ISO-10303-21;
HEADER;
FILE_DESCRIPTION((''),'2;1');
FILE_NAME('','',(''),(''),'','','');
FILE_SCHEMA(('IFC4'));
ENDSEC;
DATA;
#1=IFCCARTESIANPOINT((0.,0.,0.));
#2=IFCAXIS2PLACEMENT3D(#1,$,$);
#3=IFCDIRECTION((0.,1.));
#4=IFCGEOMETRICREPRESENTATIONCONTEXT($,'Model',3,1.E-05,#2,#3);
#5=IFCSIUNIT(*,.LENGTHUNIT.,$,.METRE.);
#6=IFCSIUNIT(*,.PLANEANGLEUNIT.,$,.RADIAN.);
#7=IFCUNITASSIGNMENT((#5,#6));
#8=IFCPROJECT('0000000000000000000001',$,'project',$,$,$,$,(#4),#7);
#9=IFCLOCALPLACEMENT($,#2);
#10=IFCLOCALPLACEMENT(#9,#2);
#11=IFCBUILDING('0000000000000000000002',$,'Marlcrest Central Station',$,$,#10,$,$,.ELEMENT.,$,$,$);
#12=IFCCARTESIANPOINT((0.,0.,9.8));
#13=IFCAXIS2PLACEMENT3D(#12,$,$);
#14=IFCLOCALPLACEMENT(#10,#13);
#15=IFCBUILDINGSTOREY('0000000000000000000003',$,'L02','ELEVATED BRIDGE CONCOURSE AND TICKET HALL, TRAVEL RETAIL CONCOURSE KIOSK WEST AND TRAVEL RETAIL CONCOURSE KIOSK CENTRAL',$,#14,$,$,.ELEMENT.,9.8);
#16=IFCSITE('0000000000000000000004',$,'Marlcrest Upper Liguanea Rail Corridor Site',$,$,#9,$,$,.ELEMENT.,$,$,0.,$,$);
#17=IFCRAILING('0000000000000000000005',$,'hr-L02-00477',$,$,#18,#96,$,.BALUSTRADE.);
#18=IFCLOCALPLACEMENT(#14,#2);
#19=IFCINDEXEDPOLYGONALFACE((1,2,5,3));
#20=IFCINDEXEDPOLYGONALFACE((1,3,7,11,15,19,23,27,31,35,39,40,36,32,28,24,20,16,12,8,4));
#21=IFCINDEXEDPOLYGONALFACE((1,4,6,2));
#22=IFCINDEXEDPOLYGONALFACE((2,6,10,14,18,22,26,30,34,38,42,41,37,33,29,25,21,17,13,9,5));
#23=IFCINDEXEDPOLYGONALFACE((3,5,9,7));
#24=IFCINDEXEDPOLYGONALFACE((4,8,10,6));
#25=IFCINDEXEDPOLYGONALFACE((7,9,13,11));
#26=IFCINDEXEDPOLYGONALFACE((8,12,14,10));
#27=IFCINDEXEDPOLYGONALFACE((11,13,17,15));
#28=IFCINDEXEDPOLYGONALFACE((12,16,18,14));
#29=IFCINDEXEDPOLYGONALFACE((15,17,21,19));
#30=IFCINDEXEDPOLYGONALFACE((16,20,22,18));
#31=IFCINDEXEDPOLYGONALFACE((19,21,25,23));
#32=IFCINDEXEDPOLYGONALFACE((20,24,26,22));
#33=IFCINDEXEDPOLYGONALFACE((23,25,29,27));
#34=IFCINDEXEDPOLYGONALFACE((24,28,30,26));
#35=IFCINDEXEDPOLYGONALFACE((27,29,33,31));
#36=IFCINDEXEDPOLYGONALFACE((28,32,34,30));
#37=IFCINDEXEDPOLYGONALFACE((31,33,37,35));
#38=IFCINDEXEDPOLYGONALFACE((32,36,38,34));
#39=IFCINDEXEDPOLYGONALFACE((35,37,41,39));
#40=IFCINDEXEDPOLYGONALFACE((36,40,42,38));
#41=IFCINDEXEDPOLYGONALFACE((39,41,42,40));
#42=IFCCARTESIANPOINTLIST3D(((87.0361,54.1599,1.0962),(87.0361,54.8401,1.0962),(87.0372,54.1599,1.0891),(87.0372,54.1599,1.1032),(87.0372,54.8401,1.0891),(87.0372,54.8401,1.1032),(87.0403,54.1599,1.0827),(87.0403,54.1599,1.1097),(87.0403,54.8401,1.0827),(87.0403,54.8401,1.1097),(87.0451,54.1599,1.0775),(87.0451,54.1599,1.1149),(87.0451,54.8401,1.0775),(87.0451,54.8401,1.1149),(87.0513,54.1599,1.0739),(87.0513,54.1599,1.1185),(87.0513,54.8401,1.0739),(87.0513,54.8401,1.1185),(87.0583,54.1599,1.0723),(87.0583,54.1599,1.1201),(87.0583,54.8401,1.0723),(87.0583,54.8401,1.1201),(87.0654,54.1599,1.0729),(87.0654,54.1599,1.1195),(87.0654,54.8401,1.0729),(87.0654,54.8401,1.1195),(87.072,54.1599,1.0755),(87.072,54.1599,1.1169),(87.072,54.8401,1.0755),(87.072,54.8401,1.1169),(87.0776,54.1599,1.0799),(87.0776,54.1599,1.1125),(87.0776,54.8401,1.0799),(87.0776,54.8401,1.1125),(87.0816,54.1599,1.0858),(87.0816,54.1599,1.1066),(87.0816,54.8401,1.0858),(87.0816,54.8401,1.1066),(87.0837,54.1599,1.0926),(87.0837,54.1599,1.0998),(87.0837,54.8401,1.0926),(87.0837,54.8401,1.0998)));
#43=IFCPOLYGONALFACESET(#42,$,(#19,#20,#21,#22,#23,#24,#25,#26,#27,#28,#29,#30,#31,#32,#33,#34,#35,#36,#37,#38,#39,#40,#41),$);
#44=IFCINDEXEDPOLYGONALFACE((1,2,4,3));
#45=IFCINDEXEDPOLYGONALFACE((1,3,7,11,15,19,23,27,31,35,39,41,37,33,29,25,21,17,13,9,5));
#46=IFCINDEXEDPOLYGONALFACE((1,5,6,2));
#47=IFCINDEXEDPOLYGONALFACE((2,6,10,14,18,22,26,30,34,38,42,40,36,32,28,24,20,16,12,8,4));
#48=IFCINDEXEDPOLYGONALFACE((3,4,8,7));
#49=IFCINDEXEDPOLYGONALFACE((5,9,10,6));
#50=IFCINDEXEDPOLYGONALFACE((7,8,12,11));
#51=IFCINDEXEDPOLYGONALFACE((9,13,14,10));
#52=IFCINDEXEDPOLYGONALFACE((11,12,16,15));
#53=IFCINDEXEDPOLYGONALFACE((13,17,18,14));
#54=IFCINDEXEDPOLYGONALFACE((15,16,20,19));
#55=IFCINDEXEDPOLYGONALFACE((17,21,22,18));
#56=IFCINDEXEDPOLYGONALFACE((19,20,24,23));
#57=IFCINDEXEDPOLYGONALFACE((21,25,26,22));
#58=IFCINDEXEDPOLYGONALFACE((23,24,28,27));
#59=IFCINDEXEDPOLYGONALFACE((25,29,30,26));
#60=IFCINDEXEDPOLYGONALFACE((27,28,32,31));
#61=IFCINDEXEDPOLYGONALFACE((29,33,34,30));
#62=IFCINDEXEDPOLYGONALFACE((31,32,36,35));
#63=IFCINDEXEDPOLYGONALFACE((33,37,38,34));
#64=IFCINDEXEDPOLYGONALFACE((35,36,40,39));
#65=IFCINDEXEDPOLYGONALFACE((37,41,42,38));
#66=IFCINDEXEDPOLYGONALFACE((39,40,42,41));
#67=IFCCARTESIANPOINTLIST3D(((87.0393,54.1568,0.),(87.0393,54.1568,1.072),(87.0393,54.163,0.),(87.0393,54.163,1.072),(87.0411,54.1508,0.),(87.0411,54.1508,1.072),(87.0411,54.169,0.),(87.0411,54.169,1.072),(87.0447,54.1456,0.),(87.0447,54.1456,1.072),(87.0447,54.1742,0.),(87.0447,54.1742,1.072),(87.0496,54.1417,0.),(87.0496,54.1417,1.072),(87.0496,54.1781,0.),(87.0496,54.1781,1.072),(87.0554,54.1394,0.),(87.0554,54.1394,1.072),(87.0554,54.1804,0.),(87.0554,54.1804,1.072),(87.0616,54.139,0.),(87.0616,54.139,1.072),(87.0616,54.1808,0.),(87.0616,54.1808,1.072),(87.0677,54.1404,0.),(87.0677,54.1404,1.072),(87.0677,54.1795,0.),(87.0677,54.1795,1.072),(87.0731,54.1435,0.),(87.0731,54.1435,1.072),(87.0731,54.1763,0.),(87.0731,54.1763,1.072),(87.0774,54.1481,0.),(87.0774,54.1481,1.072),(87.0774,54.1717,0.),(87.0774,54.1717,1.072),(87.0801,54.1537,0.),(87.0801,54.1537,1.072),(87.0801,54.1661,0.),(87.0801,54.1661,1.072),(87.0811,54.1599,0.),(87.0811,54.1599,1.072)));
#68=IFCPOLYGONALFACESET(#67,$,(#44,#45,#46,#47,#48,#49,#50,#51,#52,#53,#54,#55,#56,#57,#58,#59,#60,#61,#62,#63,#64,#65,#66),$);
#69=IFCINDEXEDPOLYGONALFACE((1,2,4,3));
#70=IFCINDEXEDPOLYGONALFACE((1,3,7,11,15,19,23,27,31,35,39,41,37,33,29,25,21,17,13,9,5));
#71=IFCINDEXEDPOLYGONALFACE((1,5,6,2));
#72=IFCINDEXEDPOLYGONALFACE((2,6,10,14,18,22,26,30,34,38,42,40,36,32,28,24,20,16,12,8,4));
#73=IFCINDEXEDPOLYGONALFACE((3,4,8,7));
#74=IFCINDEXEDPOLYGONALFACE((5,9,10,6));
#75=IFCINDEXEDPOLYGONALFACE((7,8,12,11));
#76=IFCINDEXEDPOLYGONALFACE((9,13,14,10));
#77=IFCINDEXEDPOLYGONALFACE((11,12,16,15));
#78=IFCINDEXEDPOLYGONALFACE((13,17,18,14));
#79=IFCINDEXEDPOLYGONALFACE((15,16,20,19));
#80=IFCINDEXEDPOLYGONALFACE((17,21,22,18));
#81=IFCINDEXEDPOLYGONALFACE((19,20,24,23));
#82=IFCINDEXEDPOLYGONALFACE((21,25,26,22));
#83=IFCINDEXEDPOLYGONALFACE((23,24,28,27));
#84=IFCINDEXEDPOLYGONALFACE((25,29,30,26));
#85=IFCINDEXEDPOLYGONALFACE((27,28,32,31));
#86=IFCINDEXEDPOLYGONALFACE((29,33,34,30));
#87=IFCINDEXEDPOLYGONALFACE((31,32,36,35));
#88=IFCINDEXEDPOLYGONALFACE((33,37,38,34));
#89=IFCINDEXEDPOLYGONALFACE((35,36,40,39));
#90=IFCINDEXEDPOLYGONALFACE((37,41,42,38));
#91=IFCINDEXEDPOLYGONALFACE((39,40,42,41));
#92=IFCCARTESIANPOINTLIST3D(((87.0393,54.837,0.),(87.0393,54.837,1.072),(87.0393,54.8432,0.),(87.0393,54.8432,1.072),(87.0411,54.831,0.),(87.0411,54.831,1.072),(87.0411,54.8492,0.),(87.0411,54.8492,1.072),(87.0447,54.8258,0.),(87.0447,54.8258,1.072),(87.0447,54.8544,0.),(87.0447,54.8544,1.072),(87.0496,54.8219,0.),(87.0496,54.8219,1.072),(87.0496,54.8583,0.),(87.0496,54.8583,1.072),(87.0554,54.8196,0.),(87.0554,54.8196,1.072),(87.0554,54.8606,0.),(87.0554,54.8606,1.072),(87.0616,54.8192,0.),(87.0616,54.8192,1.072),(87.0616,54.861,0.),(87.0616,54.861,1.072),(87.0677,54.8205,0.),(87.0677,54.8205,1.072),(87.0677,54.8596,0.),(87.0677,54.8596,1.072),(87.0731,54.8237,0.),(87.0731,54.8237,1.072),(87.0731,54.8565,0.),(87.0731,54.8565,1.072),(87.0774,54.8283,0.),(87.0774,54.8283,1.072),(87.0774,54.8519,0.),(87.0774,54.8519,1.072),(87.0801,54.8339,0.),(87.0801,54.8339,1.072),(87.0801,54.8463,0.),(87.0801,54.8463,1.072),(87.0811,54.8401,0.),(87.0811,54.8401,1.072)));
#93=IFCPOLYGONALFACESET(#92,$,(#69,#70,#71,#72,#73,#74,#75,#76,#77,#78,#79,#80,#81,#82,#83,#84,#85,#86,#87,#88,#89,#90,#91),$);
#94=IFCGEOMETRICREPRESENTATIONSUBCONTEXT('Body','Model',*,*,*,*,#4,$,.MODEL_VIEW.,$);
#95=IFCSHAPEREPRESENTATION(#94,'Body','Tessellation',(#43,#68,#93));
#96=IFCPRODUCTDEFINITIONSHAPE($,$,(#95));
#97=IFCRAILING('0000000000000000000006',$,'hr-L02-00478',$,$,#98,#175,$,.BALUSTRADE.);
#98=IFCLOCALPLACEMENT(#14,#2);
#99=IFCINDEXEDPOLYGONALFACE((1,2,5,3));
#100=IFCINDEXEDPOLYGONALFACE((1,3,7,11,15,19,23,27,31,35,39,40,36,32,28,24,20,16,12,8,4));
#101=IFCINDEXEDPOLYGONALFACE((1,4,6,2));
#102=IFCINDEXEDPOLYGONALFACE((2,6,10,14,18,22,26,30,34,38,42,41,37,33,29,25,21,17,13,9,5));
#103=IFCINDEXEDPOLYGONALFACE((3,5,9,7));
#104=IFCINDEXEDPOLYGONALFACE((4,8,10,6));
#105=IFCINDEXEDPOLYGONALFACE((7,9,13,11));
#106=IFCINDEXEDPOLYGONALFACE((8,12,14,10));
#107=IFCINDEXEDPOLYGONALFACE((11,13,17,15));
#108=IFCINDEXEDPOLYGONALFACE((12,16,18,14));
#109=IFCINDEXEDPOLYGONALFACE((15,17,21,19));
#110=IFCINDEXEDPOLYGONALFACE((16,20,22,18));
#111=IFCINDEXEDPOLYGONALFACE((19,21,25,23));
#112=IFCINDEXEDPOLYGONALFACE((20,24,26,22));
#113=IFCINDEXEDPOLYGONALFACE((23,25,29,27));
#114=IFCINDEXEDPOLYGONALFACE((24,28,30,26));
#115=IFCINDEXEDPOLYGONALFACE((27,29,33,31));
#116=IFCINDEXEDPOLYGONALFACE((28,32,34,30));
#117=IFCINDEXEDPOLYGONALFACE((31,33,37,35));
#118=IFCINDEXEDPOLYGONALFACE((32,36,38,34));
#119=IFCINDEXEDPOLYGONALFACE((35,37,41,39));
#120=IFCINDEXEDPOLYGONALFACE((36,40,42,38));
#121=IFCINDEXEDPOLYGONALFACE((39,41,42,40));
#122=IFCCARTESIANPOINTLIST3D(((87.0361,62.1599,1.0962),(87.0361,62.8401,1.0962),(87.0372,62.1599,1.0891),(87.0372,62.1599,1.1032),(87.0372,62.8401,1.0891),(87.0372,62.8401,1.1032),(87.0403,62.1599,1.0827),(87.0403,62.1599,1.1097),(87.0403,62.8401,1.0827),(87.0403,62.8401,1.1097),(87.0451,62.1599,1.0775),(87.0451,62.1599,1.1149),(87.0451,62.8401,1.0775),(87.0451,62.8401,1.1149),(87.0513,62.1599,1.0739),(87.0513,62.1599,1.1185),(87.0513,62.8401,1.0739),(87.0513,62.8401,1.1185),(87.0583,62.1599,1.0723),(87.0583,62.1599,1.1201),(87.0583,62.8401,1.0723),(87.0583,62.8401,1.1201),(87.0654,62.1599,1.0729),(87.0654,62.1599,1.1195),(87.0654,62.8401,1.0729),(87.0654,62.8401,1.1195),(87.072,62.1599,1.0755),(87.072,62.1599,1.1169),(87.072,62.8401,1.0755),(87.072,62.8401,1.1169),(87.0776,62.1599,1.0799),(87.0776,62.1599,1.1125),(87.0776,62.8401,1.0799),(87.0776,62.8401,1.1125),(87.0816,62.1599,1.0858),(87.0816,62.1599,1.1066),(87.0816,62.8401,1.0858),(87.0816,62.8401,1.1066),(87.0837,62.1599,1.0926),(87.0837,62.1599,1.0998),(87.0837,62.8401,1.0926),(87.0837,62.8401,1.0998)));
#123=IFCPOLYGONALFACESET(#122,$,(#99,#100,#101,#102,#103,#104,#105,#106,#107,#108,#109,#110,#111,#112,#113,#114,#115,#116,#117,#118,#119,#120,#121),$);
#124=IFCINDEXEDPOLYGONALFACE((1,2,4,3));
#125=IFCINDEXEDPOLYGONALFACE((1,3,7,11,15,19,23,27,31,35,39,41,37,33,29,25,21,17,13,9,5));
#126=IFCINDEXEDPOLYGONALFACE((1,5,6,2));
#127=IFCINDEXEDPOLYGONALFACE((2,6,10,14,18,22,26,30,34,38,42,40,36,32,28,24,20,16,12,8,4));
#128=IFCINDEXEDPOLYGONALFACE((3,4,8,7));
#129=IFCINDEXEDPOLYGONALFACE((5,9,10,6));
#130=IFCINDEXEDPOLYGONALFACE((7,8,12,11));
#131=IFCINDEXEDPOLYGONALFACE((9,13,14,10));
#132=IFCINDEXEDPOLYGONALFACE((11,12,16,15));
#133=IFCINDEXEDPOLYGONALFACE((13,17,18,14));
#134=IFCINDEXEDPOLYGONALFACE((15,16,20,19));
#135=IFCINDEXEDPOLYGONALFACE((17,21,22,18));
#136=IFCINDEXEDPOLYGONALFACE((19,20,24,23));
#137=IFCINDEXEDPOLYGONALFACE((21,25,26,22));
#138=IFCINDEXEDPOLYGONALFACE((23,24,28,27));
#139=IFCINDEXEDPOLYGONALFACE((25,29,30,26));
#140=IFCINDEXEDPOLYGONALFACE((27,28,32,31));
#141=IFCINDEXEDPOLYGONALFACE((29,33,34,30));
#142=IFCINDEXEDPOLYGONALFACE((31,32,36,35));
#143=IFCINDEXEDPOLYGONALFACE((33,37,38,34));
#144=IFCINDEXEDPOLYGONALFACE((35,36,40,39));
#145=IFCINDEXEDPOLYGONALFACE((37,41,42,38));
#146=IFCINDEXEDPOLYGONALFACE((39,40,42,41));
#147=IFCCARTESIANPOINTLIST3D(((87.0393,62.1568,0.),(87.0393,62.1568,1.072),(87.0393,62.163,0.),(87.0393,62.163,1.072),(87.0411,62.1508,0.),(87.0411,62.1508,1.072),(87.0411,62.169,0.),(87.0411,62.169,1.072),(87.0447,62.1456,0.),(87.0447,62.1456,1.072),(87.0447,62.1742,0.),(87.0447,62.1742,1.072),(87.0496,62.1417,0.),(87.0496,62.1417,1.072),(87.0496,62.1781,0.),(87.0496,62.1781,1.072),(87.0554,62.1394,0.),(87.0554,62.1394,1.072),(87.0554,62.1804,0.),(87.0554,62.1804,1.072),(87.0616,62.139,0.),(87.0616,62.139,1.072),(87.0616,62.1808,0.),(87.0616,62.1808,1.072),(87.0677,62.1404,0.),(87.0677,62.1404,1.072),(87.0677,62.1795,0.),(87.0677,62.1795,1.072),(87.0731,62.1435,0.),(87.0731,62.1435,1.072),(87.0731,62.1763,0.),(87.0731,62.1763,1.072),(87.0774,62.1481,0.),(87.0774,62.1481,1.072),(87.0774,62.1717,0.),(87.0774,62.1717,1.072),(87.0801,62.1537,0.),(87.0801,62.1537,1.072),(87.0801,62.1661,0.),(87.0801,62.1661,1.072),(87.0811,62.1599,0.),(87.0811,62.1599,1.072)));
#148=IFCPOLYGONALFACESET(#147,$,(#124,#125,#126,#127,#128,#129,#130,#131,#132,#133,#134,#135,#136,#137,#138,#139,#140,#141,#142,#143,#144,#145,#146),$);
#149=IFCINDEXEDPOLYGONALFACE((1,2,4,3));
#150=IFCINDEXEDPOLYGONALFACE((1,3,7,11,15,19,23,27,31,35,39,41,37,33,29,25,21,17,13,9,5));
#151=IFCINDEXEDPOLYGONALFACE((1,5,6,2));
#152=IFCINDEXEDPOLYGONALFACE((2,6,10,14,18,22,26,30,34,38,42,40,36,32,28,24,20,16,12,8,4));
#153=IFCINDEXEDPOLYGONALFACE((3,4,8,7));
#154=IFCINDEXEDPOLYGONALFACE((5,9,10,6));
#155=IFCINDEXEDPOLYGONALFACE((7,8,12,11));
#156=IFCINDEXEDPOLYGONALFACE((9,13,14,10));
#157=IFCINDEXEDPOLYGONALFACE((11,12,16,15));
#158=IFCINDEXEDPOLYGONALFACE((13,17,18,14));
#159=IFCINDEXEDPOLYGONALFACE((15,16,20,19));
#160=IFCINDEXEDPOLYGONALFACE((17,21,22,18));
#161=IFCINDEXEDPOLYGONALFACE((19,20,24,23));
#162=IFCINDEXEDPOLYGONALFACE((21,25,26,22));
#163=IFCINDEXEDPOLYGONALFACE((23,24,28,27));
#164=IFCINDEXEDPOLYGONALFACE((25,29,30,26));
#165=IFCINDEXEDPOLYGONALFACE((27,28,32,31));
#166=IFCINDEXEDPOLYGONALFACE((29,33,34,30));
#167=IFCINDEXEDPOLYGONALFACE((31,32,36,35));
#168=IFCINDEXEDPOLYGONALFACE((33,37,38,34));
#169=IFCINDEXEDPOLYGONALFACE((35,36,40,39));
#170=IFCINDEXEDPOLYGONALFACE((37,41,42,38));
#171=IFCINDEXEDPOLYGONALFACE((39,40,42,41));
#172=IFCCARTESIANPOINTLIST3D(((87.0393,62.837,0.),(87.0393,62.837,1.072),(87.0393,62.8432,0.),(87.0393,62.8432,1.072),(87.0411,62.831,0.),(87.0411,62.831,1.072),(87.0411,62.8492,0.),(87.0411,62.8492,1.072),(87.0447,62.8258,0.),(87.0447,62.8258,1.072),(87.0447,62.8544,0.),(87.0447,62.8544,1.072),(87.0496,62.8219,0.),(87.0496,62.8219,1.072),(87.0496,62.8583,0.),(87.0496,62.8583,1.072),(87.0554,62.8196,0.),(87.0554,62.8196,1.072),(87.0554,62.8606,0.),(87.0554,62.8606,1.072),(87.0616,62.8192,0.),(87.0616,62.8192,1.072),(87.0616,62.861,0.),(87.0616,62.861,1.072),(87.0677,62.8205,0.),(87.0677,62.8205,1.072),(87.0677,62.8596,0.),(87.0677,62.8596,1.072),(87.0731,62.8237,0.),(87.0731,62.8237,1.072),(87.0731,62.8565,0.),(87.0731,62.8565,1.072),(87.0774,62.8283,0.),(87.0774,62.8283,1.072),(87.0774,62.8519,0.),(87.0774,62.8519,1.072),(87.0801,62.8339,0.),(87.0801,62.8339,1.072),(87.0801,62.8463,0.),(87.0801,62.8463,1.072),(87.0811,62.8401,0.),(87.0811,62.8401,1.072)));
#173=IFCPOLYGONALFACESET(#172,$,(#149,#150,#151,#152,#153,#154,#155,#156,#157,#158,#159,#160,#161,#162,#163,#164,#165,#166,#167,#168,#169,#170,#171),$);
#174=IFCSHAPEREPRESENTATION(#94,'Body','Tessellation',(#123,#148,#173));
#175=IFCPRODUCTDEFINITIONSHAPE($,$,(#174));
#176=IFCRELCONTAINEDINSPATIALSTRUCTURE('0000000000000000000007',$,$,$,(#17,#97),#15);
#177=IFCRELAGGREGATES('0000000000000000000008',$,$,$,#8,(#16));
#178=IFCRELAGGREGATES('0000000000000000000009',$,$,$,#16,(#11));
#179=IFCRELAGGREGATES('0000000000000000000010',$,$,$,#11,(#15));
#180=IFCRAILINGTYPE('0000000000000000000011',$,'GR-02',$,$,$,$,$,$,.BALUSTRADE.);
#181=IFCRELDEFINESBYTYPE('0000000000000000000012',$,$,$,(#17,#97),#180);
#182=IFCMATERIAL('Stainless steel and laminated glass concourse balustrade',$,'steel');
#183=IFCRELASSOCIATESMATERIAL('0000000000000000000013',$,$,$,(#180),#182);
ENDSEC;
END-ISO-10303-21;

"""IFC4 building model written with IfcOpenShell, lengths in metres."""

from ifc_helpers import new_model, si_unit, direction, frame, origin, origin_2d, place, context, subcontext, project, spatial, circle, extrude, material, type_object, element, save


model = new_model("IFC4")

# Units and contexts
model_context = context("Model", 3, precision=1e-05, world=origin(), true_north=direction((0.0, 1.0)))
body_context = subcontext(model_context, "Body", "Model", "MODEL_VIEW")
ifc_project = project(units=[si_unit("LENGTHUNIT", "METRE"), si_unit("PLANEANGLEUNIT", "RADIAN")], contexts=[model_context])

# Site, building, storey
site_placement = place(None, origin())
site = spatial("IfcSite", under=ifc_project, at=site_placement, Name="Marlcrest Upper Liguanea Rail Corridor Site", CompositionType="ELEMENT", RefElevation=0.0)
building_placement = place(site_placement, origin())
building = spatial("IfcBuilding", under=site, at=building_placement, Name="Marlcrest Central Station", CompositionType="ELEMENT")
storey_placement = place(building_placement, frame((0.0, 0.0, 9.8)))
storey = spatial("IfcBuildingStorey", under=building, at=storey_placement, Name="L02", Description="ELEVATED BRIDGE CONCOURSE AND TICKET HALL, TRAVEL RETAIL CONCOURSE KIOSK WEST AND TRAVEL RETAIL CONCOURSE KIOSK CENTRAL", CompositionType="ELEMENT", Elevation=9.8)

# Railings
ifc_material_1 = material(Name="Stainless steel and laminated glass concourse balustrade", Category="steel")
railing_type = type_object("IfcRailingType", Name="GR-02", PredefinedType="BALUSTRADE", material=ifc_material_1)
for number, where, name in (
    (1, (87.0601, 54.1599, 0.0), "hr-L02-00477"),
    (2, (87.0601, 62.1599, 0.0), "hr-L02-00478"),
):
    element("IfcRailing", number, at=place(storey_placement, frame(where)), inside=storey, type_object=railing_type, Name=name, PredefinedType="BALUSTRADE", context=body_context, shape_type="SweptSolid", body=[
        extrude(circle(Radius=0.0239, at=origin_2d()), frame((0.0, 0.0, 1.0962), z_axis=(0.0, 1.0, 0.0), x_axis=(-1.0, 0.0, 0.0)), (0.0, 0.0, 1.0), 0.6802),
        extrude(circle(Radius=0.021, at=origin_2d()), origin(), (0.0, 0.0, 1.0), 1.072),
        extrude(circle(Radius=0.021, at=origin_2d()), frame((0.0, 0.6802, 0.0)), (0.0, 0.0, 1.0), 1.072),
    ])

save(model, "model.ifc")
